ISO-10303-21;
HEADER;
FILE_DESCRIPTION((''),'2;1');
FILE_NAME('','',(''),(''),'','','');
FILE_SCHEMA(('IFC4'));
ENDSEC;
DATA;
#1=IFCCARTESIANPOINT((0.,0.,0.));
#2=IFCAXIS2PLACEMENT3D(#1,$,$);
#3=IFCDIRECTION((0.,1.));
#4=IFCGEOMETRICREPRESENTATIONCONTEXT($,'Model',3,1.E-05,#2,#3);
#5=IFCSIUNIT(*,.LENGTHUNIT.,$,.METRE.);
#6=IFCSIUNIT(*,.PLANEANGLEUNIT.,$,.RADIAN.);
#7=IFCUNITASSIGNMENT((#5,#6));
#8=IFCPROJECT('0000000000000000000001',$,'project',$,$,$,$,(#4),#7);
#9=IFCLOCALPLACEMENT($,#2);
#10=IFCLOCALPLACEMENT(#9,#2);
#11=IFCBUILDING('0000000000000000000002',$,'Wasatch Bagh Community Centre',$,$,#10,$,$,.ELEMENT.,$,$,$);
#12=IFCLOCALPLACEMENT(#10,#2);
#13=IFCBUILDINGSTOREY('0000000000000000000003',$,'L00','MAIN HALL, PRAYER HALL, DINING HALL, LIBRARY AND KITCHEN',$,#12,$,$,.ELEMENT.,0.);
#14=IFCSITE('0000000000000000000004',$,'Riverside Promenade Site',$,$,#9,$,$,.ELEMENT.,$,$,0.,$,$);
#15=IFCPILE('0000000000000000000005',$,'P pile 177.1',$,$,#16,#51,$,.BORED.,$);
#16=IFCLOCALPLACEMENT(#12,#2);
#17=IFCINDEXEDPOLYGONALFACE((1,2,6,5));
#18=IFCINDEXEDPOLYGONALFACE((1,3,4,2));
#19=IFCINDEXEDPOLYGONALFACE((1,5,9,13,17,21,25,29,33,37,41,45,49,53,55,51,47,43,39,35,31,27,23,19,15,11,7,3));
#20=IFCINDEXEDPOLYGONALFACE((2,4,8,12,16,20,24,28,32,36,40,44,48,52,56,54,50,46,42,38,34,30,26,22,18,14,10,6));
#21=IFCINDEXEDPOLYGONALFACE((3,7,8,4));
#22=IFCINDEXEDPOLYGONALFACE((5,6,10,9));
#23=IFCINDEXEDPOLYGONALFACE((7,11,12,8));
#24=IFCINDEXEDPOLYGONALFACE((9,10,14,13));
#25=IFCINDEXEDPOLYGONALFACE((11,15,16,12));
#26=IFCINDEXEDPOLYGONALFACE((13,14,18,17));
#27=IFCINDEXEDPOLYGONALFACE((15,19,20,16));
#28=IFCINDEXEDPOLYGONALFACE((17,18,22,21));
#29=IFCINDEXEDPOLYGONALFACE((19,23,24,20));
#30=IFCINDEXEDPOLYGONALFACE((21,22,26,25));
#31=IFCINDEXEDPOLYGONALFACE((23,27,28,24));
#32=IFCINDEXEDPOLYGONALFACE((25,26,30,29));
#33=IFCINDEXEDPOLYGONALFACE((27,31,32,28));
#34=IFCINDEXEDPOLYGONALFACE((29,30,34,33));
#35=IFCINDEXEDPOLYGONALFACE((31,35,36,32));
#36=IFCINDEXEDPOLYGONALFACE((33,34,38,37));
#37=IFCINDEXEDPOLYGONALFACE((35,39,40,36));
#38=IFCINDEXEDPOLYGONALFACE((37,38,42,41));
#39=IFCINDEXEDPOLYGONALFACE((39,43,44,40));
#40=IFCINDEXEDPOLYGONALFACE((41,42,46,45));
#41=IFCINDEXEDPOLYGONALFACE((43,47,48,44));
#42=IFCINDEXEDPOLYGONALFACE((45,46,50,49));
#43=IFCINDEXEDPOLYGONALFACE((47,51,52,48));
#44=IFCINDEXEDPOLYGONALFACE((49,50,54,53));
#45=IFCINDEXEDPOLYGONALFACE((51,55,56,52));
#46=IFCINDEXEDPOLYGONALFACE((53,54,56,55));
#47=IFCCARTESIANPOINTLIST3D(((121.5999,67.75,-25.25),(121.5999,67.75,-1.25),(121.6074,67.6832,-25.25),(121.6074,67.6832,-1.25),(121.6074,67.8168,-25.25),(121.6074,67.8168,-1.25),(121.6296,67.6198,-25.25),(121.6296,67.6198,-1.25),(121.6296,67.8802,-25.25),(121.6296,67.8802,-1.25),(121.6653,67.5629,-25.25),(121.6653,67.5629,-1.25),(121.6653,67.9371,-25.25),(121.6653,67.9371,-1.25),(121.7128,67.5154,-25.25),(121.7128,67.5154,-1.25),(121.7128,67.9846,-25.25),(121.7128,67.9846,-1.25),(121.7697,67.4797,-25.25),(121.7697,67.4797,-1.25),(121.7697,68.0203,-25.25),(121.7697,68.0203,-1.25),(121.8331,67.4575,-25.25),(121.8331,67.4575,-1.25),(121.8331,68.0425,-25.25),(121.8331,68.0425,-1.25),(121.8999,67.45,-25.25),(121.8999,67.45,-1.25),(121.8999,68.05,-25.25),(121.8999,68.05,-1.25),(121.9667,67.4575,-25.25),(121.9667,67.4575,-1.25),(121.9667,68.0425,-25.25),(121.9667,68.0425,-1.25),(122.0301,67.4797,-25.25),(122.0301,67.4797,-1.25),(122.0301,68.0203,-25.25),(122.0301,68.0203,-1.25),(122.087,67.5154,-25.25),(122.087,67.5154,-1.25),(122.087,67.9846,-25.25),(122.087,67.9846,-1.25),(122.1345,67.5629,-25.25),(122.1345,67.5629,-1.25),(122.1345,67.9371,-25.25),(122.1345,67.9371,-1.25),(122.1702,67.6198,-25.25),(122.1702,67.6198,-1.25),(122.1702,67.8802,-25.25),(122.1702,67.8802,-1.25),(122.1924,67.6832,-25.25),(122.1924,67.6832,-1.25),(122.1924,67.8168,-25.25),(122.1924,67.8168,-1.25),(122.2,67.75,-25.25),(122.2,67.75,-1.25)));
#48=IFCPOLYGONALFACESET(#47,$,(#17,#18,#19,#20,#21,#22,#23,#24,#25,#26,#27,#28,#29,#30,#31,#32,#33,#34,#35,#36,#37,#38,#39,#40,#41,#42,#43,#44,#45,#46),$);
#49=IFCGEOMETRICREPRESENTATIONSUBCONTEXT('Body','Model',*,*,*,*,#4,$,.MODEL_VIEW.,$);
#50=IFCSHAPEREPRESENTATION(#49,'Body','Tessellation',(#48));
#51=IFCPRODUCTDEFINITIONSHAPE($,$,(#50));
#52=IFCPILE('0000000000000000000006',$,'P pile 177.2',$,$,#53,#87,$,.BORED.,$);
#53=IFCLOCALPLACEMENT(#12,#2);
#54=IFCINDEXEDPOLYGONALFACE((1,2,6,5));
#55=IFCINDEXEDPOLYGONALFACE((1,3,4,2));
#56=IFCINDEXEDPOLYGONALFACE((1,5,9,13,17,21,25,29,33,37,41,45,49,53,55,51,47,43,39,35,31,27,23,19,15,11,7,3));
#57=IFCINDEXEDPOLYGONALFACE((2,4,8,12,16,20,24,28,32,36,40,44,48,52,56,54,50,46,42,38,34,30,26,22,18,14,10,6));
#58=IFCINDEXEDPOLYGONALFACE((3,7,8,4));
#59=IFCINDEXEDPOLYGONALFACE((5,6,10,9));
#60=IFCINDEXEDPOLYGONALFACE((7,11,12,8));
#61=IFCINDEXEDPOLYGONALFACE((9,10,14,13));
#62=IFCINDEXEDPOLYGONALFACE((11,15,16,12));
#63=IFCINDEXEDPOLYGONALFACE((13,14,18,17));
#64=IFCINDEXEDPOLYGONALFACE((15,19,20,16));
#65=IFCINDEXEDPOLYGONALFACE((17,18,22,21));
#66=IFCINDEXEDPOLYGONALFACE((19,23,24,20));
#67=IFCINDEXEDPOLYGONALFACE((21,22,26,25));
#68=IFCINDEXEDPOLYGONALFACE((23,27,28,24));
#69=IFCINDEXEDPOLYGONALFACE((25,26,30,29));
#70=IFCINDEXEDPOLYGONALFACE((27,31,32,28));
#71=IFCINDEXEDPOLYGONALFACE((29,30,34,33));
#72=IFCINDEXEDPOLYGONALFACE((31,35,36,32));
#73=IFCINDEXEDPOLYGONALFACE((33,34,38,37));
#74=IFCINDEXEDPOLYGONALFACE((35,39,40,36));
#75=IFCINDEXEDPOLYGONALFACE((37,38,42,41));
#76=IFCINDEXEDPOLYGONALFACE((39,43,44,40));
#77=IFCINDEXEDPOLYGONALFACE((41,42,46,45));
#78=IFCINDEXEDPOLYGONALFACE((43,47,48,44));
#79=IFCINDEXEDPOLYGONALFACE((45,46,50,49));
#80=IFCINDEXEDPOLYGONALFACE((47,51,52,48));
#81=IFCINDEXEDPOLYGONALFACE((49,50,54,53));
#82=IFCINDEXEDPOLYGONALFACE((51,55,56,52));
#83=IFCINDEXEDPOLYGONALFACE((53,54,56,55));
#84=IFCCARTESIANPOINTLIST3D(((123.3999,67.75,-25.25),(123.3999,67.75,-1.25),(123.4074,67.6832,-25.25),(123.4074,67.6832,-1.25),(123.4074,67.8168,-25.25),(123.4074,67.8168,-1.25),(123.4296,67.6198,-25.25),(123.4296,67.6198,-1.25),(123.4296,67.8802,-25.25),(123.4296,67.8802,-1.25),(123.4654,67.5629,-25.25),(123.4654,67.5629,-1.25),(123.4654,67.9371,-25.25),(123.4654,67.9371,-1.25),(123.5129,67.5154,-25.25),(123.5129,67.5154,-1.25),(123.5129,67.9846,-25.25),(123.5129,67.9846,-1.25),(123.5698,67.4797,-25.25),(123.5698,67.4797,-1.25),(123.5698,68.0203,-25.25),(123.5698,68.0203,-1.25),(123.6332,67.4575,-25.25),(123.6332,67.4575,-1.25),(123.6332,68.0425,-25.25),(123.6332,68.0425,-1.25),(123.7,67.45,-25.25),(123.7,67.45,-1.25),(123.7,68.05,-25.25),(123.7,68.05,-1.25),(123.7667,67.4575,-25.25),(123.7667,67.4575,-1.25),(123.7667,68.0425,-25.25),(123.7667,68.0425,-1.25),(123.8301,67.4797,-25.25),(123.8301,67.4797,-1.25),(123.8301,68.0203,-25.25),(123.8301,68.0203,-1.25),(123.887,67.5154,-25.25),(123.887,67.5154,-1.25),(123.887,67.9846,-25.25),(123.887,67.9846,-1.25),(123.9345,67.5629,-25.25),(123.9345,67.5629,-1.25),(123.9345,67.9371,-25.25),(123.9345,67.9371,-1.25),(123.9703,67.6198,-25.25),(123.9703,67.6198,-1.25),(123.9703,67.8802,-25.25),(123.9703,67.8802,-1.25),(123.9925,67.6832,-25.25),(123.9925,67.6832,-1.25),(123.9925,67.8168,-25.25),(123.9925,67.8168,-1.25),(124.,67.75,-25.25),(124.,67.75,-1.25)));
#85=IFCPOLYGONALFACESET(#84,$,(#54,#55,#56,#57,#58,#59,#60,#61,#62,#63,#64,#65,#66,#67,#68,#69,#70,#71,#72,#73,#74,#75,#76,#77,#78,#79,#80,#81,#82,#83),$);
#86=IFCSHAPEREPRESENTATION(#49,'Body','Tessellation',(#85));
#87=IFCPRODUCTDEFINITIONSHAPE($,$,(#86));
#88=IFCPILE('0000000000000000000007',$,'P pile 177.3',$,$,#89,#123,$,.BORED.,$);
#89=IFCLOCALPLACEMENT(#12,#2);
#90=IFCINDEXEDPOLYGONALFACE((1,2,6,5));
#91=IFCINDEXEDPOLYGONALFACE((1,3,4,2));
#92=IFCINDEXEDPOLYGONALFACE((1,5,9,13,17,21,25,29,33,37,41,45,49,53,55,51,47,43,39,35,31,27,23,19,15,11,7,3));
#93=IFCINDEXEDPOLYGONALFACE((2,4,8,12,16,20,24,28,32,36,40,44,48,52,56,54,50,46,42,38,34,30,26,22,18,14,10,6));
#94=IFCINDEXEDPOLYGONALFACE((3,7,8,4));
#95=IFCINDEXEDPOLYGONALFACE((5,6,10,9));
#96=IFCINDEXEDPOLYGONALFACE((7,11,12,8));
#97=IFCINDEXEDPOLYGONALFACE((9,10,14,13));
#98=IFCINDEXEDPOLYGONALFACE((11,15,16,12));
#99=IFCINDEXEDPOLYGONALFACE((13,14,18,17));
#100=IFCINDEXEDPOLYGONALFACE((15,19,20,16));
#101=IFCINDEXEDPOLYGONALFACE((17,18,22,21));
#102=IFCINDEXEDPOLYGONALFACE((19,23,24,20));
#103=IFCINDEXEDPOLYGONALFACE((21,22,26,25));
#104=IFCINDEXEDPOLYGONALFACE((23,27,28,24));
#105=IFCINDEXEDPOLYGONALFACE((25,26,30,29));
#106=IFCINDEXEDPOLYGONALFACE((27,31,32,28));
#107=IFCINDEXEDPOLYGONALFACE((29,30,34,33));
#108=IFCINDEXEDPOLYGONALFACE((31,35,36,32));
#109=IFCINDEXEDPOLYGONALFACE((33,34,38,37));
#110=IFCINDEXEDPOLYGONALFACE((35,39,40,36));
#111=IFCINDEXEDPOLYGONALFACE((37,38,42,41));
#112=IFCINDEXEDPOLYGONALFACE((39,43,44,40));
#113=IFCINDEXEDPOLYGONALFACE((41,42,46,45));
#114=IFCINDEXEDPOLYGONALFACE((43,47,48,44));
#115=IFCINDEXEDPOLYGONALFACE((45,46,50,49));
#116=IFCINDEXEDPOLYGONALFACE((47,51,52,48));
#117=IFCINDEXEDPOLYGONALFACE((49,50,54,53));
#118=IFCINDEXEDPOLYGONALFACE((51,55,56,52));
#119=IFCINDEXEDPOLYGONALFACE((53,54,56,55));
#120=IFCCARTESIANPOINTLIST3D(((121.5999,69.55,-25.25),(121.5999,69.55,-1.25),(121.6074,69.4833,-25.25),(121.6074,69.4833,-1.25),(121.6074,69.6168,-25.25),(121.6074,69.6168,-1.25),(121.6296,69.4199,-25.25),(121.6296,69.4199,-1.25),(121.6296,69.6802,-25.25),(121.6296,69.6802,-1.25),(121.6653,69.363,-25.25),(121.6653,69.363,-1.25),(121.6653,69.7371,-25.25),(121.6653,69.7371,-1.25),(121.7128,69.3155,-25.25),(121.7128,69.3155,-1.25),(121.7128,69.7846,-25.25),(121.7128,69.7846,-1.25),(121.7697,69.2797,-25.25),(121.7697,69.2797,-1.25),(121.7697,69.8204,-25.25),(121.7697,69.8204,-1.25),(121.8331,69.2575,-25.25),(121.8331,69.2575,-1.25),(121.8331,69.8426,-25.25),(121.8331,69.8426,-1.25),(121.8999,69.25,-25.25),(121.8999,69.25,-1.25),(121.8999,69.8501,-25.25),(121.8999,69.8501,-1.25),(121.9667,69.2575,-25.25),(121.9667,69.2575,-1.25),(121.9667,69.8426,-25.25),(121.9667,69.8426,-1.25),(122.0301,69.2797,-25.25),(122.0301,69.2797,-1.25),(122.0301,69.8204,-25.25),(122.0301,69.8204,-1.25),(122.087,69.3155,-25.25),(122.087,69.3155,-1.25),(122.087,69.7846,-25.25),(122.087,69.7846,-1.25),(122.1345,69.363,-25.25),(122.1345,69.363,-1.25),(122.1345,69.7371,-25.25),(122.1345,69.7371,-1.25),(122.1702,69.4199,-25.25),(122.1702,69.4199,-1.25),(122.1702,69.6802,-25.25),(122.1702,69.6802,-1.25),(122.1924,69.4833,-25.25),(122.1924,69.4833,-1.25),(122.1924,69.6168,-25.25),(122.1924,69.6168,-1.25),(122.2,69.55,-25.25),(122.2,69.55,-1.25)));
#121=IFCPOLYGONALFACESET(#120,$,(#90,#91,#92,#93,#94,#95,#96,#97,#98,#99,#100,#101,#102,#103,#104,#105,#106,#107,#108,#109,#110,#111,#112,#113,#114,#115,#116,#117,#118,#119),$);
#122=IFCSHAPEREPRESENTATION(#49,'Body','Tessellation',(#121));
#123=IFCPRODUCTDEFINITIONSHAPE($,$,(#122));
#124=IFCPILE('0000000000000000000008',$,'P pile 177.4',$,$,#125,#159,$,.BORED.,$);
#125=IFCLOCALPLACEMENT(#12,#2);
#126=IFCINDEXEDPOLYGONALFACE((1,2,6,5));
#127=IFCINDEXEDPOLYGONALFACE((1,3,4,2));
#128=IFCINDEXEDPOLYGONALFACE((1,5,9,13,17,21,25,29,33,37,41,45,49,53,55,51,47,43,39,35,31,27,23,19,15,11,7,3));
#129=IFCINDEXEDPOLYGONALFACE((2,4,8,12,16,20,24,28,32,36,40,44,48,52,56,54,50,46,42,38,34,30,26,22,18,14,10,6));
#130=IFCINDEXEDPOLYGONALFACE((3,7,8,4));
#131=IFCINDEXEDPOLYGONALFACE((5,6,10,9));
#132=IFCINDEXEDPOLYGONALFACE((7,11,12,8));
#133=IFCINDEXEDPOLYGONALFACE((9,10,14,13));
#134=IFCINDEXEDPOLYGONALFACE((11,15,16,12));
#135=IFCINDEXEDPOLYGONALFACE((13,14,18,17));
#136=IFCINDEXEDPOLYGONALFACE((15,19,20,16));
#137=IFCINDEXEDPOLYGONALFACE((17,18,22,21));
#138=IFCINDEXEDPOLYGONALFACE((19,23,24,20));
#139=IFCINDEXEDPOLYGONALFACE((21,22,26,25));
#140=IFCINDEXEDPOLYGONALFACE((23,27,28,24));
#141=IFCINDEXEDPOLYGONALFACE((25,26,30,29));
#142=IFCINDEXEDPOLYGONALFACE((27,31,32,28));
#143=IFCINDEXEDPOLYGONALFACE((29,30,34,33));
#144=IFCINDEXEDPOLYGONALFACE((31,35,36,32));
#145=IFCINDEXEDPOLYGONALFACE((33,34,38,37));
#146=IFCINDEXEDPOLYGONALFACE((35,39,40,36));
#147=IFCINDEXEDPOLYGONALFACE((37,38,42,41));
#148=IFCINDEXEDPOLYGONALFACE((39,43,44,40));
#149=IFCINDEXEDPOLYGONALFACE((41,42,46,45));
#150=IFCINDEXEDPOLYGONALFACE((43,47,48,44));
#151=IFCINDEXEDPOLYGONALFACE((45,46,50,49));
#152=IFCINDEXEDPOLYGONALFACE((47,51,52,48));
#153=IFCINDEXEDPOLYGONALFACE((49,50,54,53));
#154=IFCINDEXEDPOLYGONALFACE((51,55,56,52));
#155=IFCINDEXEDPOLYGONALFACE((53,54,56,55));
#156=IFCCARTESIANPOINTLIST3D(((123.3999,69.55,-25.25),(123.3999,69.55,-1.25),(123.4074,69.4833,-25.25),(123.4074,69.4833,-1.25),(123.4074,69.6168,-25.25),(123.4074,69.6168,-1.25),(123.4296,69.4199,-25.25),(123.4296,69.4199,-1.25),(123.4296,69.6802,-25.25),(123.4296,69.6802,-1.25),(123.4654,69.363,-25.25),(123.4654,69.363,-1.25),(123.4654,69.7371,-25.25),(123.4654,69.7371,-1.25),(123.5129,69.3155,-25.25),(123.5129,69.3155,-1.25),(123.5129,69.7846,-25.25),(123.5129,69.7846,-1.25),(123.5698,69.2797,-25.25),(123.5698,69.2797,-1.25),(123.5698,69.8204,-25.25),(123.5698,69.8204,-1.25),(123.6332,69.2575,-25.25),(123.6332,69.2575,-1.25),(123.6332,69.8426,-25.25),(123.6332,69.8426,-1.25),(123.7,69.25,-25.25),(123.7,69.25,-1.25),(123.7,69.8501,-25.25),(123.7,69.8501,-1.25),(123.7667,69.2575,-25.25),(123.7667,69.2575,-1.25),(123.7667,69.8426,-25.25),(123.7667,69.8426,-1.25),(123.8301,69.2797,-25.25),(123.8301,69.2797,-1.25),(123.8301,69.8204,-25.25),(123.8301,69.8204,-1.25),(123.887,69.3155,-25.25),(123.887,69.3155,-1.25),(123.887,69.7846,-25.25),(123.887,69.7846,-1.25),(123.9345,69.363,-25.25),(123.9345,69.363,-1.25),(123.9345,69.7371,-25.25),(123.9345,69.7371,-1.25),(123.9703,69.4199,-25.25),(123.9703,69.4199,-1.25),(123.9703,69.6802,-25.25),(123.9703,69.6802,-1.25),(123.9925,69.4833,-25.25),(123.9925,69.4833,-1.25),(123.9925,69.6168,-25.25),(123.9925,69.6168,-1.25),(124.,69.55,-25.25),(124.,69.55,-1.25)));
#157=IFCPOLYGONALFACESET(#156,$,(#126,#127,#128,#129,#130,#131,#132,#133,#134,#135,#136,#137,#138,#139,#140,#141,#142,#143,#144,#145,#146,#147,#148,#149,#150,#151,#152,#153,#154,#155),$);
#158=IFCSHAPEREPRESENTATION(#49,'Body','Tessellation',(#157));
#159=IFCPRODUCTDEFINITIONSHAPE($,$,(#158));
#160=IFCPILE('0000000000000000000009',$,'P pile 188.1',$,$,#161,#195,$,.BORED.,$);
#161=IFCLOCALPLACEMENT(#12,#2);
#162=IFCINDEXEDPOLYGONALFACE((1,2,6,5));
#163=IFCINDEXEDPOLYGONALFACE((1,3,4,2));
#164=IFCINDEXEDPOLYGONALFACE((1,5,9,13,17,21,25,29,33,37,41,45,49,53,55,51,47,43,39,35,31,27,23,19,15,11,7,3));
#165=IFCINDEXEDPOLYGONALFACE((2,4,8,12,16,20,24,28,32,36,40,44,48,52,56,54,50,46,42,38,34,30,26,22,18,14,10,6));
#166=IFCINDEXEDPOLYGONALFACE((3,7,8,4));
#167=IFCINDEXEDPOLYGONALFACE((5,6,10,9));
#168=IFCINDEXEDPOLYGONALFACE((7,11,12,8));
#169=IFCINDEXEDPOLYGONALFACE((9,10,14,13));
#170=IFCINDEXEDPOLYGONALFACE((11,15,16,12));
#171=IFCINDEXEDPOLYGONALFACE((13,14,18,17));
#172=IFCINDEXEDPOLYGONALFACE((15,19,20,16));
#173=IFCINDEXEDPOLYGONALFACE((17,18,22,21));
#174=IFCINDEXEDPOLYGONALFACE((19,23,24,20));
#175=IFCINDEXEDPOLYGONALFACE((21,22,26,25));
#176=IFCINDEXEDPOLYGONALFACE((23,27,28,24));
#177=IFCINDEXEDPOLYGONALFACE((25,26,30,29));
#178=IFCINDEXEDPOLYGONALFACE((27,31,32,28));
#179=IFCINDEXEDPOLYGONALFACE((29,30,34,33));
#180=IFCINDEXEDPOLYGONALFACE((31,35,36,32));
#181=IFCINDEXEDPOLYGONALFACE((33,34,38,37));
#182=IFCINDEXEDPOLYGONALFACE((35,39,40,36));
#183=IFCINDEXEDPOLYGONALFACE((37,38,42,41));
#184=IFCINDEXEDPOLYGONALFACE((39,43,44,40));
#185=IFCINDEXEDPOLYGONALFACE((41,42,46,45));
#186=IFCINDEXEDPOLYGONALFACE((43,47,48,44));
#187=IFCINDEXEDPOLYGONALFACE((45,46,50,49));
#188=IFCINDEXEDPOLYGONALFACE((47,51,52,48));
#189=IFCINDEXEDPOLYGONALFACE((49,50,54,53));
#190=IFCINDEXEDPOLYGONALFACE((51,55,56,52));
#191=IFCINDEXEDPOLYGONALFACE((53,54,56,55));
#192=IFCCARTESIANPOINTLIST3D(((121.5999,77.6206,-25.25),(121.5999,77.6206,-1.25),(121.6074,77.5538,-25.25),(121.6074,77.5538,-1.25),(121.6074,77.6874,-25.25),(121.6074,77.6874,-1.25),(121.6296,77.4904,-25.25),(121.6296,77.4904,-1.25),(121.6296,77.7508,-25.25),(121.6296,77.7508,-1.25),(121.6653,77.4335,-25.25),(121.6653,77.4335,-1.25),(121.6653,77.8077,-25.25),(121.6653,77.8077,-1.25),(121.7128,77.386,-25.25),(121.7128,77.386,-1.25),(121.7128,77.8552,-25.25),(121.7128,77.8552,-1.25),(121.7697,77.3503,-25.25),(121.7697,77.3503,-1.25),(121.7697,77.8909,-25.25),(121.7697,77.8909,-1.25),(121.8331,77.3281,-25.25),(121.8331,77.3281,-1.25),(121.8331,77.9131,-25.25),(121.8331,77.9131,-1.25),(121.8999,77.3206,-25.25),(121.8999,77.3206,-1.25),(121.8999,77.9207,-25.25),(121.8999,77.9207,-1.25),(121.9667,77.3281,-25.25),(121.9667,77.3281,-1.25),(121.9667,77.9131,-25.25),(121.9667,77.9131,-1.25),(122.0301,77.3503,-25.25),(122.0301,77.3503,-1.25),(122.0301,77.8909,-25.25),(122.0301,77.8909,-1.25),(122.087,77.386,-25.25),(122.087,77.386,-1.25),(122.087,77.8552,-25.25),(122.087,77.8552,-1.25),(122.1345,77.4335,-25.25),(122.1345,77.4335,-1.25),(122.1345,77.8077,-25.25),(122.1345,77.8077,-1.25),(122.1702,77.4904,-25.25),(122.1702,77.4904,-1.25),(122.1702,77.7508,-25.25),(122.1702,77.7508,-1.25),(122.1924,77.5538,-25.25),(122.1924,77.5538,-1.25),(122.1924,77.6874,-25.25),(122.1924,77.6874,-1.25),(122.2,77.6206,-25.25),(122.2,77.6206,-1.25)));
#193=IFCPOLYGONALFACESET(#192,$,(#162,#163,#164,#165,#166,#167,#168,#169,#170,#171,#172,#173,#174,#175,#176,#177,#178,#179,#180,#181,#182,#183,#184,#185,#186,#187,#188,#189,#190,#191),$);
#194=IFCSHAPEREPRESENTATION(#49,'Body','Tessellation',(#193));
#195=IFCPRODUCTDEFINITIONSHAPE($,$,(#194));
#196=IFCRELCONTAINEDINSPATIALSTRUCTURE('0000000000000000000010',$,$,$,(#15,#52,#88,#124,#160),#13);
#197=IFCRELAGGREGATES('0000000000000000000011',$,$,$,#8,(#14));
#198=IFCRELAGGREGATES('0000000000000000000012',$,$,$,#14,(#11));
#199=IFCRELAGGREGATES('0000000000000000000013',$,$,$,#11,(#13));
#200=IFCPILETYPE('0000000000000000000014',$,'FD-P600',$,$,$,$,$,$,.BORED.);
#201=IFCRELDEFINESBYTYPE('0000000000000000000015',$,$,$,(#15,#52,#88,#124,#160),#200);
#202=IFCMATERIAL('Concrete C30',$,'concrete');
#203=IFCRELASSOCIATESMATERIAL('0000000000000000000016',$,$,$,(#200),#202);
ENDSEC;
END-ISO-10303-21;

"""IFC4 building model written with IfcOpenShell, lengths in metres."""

from ifc_helpers import new_model, si_unit, direction, frame, origin, origin_2d, place, context, subcontext, project, spatial, circle, extrude, material, material_profile, profile_set, type_object, element, save


model = new_model("IFC4")

# Units and contexts
model_context = context("Model", 3, precision=1e-05, world=origin(), true_north=direction((0.0, 1.0)))
body_context = subcontext(model_context, "Body", "Model", "MODEL_VIEW")
ifc_project = project(units=[si_unit("LENGTHUNIT", "METRE"), si_unit("PLANEANGLEUNIT", "RADIAN")], contexts=[model_context])

# Site, building, storey
site_placement = place(None, origin())
site = spatial("IfcSite", under=ifc_project, at=site_placement, Name="Riverside Promenade Site", CompositionType="ELEMENT", RefElevation=0.0)
building_placement = place(site_placement, origin())
building = spatial("IfcBuilding", under=site, at=building_placement, Name="Wasatch Bagh Community Centre", CompositionType="ELEMENT")
storey_placement = place(building_placement, origin())
storey = spatial("IfcBuildingStorey", under=building, at=storey_placement, Name="L00", Description="MAIN HALL, PRAYER HALL, DINING HALL, LIBRARY AND KITCHEN", CompositionType="ELEMENT", Elevation=0.0)

# Piles
ifc_material_1 = material(Name="Concrete C30", Category="concrete")
ifc_material_profile_1 = material_profile(ifc_material_1, circle(Radius=0.3, at=origin_2d()), Name="RC D600")
ifc_profile_set_1 = profile_set([ifc_material_profile_1], Name="Concrete C30")
pile_type = type_object("IfcPileType", Name="FD-P600", PredefinedType="BORED", material=ifc_profile_set_1)
for number, where, z_axis, x_axis, name in (
    (1, (121.8999, 67.75, -1.25), (0.0, 0.0, -1.0), (1.0, 0.0, 0.0), "P pile 177.1"),
    (2, (123.7, 67.75, -1.25), (0.0, 0.0, -1.0), (1.0, 0.0, 0.0), "P pile 177.2"),
    (3, (121.8999, 69.55, -1.25), (0.0, 0.0, -1.0), (1.0, 0.0, 0.0), "P pile 177.3"),
    (4, (123.7, 69.55, -1.25), (0.0, 0.0, -1.0), (1.0, 0.0, 0.0), "P pile 177.4"),
    (5, (121.8999, 77.6206, -1.25), (0.0, 0.0, -1.0), (1.0, 0.0, 0.0), "P pile 188.1"),
):
    element("IfcPile", number, at=place(storey_placement, frame(where, z_axis=z_axis, x_axis=x_axis)), inside=storey, type_object=pile_type, Name=name, PredefinedType="BORED", context=body_context, shape_type="SweptSolid", body=[
        extrude(circle(Radius=0.3, at=origin_2d()), origin(), (0.0, 0.0, 1.0), 24.0),
    ])

save(model, "model.ifc")
